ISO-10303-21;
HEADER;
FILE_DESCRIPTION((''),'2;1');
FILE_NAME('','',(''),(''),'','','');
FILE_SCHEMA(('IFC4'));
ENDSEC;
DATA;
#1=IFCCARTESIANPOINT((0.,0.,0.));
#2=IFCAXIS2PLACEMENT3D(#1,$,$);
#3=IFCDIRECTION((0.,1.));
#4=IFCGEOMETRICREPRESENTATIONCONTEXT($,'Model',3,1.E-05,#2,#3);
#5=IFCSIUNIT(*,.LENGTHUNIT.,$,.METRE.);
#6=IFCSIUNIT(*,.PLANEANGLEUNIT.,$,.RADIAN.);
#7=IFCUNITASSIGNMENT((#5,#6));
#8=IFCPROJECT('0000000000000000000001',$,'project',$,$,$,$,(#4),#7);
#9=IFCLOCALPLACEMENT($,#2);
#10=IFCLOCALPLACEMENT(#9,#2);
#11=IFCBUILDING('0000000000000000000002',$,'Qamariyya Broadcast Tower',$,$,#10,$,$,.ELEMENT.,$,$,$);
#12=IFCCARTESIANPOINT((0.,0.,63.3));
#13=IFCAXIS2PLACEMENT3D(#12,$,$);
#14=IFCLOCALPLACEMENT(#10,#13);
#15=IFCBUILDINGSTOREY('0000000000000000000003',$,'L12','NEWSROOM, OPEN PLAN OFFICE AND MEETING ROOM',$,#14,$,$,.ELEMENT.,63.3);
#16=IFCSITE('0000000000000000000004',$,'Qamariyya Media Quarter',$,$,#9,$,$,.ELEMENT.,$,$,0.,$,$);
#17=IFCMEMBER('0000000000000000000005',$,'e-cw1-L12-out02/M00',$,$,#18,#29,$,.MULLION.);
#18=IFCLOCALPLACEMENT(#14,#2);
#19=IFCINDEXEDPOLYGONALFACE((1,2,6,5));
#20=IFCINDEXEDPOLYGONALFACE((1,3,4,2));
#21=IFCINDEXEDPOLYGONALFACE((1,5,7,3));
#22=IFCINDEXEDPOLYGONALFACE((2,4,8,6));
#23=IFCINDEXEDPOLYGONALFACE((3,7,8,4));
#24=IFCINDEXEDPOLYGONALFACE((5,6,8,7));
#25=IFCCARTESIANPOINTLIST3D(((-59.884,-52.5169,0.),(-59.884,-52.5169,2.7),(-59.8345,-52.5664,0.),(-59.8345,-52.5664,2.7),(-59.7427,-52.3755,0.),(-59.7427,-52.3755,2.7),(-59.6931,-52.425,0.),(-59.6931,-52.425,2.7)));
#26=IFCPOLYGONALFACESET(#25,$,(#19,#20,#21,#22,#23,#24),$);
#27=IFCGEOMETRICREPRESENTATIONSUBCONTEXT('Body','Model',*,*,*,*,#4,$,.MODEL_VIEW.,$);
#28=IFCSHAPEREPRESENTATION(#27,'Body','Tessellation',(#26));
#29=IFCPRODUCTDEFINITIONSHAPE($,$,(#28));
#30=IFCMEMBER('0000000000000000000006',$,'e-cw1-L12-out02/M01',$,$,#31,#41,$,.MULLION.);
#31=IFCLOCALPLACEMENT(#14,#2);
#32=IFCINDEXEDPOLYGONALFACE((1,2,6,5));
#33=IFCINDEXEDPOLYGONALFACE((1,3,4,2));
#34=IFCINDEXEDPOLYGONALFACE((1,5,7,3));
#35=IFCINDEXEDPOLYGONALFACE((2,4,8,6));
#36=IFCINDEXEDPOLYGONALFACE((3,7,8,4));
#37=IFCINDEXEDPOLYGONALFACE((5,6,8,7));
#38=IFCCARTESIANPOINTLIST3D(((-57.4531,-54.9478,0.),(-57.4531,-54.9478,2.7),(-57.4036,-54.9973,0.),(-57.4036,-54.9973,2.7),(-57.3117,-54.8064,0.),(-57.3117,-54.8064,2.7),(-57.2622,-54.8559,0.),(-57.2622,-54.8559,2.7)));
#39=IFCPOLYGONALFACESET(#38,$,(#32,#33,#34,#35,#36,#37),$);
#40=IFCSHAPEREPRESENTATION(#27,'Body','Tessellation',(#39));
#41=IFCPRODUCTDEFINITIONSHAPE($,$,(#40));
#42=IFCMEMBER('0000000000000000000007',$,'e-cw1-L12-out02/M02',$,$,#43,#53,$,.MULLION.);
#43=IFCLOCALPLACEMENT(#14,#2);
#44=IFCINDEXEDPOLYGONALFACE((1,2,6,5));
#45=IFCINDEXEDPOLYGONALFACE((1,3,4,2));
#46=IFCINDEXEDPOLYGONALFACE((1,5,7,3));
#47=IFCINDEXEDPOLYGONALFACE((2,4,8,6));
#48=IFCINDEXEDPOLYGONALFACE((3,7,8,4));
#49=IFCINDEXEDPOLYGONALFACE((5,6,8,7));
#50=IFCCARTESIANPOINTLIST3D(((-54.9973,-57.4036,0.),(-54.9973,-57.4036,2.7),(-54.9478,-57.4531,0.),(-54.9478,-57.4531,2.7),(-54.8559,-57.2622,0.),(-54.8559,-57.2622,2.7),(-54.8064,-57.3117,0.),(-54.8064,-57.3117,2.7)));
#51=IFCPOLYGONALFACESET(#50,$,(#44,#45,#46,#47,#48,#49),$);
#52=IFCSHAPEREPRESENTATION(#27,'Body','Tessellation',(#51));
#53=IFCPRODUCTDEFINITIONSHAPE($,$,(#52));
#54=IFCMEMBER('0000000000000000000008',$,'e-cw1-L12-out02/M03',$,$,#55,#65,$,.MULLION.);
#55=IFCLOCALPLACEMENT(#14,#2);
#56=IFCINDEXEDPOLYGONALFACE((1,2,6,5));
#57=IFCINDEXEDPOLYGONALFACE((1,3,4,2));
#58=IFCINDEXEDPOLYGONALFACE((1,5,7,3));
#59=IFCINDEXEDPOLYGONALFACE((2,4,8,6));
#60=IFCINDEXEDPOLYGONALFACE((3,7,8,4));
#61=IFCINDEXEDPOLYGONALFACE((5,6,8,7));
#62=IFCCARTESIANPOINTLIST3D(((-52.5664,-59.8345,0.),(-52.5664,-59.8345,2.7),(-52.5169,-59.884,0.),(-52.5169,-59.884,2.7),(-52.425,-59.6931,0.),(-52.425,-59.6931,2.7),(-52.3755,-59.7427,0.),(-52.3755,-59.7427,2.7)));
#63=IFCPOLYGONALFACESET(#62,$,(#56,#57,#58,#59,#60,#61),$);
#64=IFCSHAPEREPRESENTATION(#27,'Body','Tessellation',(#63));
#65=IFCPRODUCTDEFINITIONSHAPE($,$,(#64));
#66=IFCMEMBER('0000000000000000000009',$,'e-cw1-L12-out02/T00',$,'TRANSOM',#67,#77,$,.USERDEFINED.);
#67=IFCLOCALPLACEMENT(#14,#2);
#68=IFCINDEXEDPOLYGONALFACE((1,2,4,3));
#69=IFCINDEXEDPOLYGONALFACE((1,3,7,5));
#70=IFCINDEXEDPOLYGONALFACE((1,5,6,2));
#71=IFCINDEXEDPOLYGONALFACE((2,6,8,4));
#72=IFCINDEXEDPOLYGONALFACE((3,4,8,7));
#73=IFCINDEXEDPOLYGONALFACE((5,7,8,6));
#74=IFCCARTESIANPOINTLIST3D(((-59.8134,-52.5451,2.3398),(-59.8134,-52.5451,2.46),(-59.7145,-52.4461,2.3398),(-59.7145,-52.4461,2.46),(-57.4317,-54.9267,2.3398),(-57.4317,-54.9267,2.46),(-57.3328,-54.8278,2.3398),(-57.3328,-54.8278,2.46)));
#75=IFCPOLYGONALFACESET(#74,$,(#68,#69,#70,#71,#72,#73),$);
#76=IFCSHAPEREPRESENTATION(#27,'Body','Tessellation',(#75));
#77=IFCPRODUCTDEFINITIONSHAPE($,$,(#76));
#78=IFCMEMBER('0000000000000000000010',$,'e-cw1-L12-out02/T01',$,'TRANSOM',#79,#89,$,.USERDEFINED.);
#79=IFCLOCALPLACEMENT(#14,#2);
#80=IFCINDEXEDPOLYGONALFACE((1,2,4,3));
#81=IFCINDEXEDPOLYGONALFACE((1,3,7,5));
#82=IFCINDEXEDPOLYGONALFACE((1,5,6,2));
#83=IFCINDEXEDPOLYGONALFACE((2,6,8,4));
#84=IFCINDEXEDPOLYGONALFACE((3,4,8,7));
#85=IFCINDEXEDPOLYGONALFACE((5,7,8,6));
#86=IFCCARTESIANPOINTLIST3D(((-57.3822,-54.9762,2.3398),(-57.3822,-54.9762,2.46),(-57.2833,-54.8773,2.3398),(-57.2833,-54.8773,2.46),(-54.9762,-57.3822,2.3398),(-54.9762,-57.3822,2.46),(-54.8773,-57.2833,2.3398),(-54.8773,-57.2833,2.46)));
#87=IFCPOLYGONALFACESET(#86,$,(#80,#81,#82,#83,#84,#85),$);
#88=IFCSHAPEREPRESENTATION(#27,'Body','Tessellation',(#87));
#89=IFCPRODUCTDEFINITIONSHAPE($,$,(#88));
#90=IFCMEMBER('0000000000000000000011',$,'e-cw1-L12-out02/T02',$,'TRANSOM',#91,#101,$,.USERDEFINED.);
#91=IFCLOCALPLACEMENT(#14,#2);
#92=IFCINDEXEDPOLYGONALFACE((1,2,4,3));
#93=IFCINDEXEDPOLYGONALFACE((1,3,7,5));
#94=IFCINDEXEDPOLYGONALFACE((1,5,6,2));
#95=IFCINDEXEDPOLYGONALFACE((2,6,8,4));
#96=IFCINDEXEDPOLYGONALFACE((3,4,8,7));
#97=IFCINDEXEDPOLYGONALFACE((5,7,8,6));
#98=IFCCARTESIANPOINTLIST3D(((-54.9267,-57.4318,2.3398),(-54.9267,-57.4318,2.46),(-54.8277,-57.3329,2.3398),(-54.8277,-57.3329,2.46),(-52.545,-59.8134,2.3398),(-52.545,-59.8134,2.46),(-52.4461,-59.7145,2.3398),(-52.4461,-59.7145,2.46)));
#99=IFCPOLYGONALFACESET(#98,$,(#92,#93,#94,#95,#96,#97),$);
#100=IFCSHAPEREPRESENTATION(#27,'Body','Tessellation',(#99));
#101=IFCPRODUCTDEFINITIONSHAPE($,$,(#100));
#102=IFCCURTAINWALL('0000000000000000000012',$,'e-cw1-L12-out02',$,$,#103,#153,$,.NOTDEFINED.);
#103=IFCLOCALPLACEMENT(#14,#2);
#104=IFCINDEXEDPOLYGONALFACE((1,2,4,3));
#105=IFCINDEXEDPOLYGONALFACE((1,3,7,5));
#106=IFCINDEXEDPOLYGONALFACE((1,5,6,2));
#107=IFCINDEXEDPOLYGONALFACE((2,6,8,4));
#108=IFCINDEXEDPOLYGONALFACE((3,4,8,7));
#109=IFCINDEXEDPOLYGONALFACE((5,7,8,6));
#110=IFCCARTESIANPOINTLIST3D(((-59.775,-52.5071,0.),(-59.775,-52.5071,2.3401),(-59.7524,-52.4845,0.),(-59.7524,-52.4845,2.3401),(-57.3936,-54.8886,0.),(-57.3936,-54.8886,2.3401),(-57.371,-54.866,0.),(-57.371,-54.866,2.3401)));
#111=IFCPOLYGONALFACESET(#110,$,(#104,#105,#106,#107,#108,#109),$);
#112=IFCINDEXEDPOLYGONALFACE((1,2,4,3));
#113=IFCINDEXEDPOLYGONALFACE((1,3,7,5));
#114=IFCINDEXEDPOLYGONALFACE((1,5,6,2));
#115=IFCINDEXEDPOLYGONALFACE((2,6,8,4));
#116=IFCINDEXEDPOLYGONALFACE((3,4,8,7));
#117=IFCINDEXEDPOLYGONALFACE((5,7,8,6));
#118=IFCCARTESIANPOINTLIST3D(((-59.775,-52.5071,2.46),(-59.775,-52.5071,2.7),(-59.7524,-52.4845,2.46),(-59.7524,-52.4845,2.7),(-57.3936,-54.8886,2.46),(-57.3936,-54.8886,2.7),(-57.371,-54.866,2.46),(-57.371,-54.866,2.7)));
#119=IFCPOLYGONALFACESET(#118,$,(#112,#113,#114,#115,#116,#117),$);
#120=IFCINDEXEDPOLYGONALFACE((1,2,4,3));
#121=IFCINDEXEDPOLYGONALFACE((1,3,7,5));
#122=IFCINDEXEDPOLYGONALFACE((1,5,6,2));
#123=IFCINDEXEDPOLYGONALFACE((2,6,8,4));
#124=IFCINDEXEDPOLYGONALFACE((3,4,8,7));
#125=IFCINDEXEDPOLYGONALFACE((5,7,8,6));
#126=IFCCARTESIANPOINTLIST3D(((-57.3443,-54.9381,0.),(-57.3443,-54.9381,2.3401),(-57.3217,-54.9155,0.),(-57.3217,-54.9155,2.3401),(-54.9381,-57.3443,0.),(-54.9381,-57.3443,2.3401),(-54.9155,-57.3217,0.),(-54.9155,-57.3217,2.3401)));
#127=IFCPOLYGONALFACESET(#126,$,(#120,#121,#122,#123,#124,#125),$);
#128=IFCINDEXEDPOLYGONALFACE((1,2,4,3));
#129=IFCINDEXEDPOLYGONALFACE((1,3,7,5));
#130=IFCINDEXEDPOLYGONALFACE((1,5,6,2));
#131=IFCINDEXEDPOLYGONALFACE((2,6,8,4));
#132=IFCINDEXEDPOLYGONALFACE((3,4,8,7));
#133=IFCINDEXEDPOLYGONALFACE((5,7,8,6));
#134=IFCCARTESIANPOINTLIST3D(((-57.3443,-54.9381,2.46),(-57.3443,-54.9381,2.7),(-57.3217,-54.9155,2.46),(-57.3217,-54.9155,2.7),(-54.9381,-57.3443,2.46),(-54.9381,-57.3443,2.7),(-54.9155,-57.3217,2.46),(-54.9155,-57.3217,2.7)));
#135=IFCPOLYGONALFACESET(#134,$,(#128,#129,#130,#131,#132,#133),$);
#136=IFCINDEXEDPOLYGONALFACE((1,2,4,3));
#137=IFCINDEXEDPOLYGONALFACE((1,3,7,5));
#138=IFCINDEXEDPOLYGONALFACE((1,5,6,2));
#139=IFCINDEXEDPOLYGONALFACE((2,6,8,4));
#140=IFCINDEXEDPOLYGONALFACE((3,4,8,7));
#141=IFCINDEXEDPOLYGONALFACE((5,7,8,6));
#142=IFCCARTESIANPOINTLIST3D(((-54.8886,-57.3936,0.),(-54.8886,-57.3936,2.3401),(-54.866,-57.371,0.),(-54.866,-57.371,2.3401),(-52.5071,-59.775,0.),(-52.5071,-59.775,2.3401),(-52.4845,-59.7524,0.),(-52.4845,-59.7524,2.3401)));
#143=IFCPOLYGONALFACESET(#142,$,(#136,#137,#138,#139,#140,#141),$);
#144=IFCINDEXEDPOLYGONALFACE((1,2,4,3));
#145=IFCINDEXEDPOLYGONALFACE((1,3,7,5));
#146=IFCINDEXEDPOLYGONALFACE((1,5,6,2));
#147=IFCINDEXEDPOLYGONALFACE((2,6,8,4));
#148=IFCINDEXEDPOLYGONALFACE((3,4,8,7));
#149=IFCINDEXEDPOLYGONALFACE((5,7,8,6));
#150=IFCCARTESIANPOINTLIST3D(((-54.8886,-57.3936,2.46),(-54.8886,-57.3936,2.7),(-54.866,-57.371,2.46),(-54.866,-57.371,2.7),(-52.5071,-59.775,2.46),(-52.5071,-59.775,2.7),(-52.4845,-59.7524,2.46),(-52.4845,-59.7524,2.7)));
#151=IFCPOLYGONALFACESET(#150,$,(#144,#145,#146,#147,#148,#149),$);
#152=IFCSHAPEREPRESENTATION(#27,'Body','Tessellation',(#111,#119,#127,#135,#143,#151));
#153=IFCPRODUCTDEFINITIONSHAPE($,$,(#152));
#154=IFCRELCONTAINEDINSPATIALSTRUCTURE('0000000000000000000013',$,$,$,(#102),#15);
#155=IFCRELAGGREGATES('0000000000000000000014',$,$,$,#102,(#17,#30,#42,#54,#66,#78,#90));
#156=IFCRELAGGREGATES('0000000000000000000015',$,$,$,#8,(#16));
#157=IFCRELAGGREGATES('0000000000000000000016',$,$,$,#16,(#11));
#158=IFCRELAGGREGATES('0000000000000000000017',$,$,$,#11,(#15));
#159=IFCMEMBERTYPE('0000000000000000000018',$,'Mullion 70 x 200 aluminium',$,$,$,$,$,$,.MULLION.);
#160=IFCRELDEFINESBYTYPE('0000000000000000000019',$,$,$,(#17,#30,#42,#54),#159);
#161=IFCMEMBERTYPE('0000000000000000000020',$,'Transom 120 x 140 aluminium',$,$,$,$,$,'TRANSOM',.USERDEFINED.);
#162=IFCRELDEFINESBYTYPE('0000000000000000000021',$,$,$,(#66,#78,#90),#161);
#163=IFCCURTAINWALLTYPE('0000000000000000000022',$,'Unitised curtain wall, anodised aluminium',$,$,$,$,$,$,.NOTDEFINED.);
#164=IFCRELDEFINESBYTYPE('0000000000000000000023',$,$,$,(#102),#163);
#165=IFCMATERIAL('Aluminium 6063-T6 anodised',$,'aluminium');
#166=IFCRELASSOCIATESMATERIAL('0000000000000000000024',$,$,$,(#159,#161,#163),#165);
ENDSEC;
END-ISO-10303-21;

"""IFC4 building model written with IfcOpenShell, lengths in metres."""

from ifc_helpers import new_model, si_unit, direction, frame, origin, origin_2d, place, context, subcontext, project, spatial, rectangle, extrude, material, material_profile, profile_set, type_object, element, aggregate, save


model = new_model("IFC4")

# Units and contexts
model_context = context("Model", 3, precision=1e-05, world=origin(), true_north=direction((0.0, 1.0)))
body_context = subcontext(model_context, "Body", "Model", "MODEL_VIEW")
ifc_project = project(units=[si_unit("LENGTHUNIT", "METRE"), si_unit("PLANEANGLEUNIT", "RADIAN")], contexts=[model_context])

# Members
ifc_material_1 = material(Name="Aluminium 6063-T6 anodised", Category="aluminium")
ifc_material_profile_1 = material_profile(ifc_material_1, rectangle(XDim=0.2, YDim=0.0701, at=origin_2d()))
ifc_profile_set_1 = profile_set([ifc_material_profile_1], Name="Aluminium 6063-T6 anodised")
member_type_1 = type_object("IfcMemberType", Name="Mullion 70 x 200 aluminium", PredefinedType="MULLION", material=ifc_profile_set_1)
site_placement = place(None, origin())
building_placement = place(site_placement, origin())
storey_placement = place(building_placement, frame((0.0, 0.0, 63.3)))
member_1_placement = place(storey_placement, frame((-59.7886, -52.4709, 0.0), z_axis=(0.0, 0.0, 1.0), x_axis=(0.707107, 0.707107, 0.0)))
member_1 = element("IfcMember", 1, at=member_1_placement, type_object=member_type_1, Name="e-cw1-L12-out02/M00", PredefinedType="MULLION", context=body_context, shape_type="SweptSolid", body=[
    extrude(rectangle(XDim=0.2, YDim=0.0701, at=origin_2d()), origin(), (0.0, 0.0, 1.0), 2.7),
])
member_2_placement = place(storey_placement, frame((-57.3577, -54.9019, 0.0), z_axis=(0.0, 0.0, 1.0), x_axis=(0.707107, 0.707107, 0.0)))
member_2 = element("IfcMember", 2, at=member_2_placement, type_object=member_type_1, Name="e-cw1-L12-out02/M01", PredefinedType="MULLION", context=body_context, shape_type="SweptSolid", body=[
    extrude(rectangle(XDim=0.2, YDim=0.0701, at=origin_2d()), origin(), (0.0, 0.0, 1.0), 2.7),
])
member_3_placement = place(storey_placement, frame((-54.9019, -57.3577, 0.0), z_axis=(0.0, 0.0, 1.0), x_axis=(0.707107, 0.707107, 0.0)))
member_3 = element("IfcMember", 3, at=member_3_placement, type_object=member_type_1, Name="e-cw1-L12-out02/M02", PredefinedType="MULLION", context=body_context, shape_type="SweptSolid", body=[
    extrude(rectangle(XDim=0.2, YDim=0.0701, at=origin_2d()), origin(), (0.0, 0.0, 1.0), 2.7),
])
member_4_placement = place(storey_placement, frame((-52.4709, -59.7886, 0.0), z_axis=(0.0, 0.0, 1.0), x_axis=(0.707107, 0.707107, 0.0)))
member_4 = element("IfcMember", 4, at=member_4_placement, type_object=member_type_1, Name="e-cw1-L12-out02/M03", PredefinedType="MULLION", context=body_context, shape_type="SweptSolid", body=[
    extrude(rectangle(XDim=0.2, YDim=0.0701, at=origin_2d()), origin(), (0.0, 0.0, 1.0), 2.7),
])
ifc_material_profile_2 = material_profile(ifc_material_1, rectangle(XDim=0.1399, YDim=0.1201, at=origin_2d()))
ifc_profile_set_2 = profile_set([ifc_material_profile_2], Name="Aluminium 6063-T6 anodised")
member_type_2 = type_object("IfcMemberType", Name="Transom 120 x 140 aluminium", ElementType="TRANSOM", PredefinedType="USERDEFINED", material=ifc_profile_set_2)
member_5_placement = place(storey_placement, frame((-59.7639, -52.4956, 2.3999), z_axis=(0.707107, -0.707107, 0.0), x_axis=(0.707107, 0.707107, 0.0)))
member_5 = element("IfcMember", 5, at=member_5_placement, type_object=member_type_2, Name="e-cw1-L12-out02/T00", ObjectType="TRANSOM", PredefinedType="USERDEFINED", context=body_context, shape_type="SweptSolid", body=[
    extrude(rectangle(XDim=0.1399, YDim=0.1201, at=origin_2d()), origin(), (0.0, 0.0, 1.0), 3.3682),
])
member_6_placement = place(storey_placement, frame((-57.3328, -54.9268, 2.3999), z_axis=(0.707107, -0.707107, 0.0), x_axis=(0.707107, 0.707107, 0.0)))
member_6 = element("IfcMember", 6, at=member_6_placement, type_object=member_type_2, Name="e-cw1-L12-out02/T01", ObjectType="TRANSOM", PredefinedType="USERDEFINED", context=body_context, shape_type="SweptSolid", body=[
    extrude(rectangle(XDim=0.1399, YDim=0.1201, at=origin_2d()), origin(), (0.0, 0.0, 1.0), 3.4026),
])
member_7_placement = place(storey_placement, frame((-54.8772, -57.3823, 2.3999), z_axis=(0.707107, -0.707107, 0.0), x_axis=(0.707107, 0.707107, 0.0)))
member_7 = element("IfcMember", 7, at=member_7_placement, type_object=member_type_2, Name="e-cw1-L12-out02/T02", ObjectType="TRANSOM", PredefinedType="USERDEFINED", context=body_context, shape_type="SweptSolid", body=[
    extrude(rectangle(XDim=0.1399, YDim=0.1201, at=origin_2d()), origin(), (0.0, 0.0, 1.0), 3.3682),
])

# Site, building, storey
site = spatial("IfcSite", under=ifc_project, at=site_placement, Name="Qamariyya Media Quarter", CompositionType="ELEMENT", RefElevation=0.0)
building = spatial("IfcBuilding", under=site, at=building_placement, Name="Qamariyya Broadcast Tower", CompositionType="ELEMENT")
storey = spatial("IfcBuildingStorey", under=building, at=storey_placement, Name="L12", Description="NEWSROOM, OPEN PLAN OFFICE AND MEETING ROOM", CompositionType="ELEMENT", Elevation=63.3)

# Curtain wall
curtain_wall_type = type_object("IfcCurtainWallType", Name="Unitised curtain wall, anodised aluminium", PredefinedType="NOTDEFINED", material=ifc_material_1)
curtain_wall_1_placement = place(storey_placement, origin())
curtain_wall_1 = element("IfcCurtainWall", 8, at=curtain_wall_1_placement, inside=storey, type_object=curtain_wall_type, Name="e-cw1-L12-out02", PredefinedType="NOTDEFINED", context=body_context, shape_type="SweptSolid", body=[
    extrude(rectangle(XDim=3.3679, YDim=0.032, at=origin_2d()), frame((-58.573, -53.6865, 0.0), x_axis=(0.707107, -0.707107, 0.0)), (0.0, 0.0, 1.0), 2.3401),
    extrude(rectangle(XDim=3.3679, YDim=0.032, at=origin_2d()), frame((-58.573, -53.6865, 2.46), x_axis=(0.707107, -0.707107, 0.0)), (0.0, 0.0, 1.0), 0.24),
    extrude(rectangle(XDim=3.4028, YDim=0.032, at=origin_2d()), frame((-56.1299, -56.1299, 0.0), x_axis=(0.707107, -0.707107, 0.0)), (0.0, 0.0, 1.0), 2.3401),
    extrude(rectangle(XDim=3.4028, YDim=0.032, at=origin_2d()), frame((-56.1299, -56.1299, 2.46), x_axis=(0.707107, -0.707107, 0.0)), (0.0, 0.0, 1.0), 0.24),
    extrude(rectangle(XDim=3.3679, YDim=0.032, at=origin_2d()), frame((-53.6865, -58.573, 0.0), x_axis=(0.707107, -0.707107, 0.0)), (0.0, 0.0, 1.0), 2.3401),
    extrude(rectangle(XDim=3.3679, YDim=0.032, at=origin_2d()), frame((-53.6865, -58.573, 2.46), x_axis=(0.707107, -0.707107, 0.0)), (0.0, 0.0, 1.0), 0.24),
])
aggregate(curtain_wall_1, [member_1, member_2, member_3, member_4, member_5, member_6, member_7])

save(model, "model.ifc")
